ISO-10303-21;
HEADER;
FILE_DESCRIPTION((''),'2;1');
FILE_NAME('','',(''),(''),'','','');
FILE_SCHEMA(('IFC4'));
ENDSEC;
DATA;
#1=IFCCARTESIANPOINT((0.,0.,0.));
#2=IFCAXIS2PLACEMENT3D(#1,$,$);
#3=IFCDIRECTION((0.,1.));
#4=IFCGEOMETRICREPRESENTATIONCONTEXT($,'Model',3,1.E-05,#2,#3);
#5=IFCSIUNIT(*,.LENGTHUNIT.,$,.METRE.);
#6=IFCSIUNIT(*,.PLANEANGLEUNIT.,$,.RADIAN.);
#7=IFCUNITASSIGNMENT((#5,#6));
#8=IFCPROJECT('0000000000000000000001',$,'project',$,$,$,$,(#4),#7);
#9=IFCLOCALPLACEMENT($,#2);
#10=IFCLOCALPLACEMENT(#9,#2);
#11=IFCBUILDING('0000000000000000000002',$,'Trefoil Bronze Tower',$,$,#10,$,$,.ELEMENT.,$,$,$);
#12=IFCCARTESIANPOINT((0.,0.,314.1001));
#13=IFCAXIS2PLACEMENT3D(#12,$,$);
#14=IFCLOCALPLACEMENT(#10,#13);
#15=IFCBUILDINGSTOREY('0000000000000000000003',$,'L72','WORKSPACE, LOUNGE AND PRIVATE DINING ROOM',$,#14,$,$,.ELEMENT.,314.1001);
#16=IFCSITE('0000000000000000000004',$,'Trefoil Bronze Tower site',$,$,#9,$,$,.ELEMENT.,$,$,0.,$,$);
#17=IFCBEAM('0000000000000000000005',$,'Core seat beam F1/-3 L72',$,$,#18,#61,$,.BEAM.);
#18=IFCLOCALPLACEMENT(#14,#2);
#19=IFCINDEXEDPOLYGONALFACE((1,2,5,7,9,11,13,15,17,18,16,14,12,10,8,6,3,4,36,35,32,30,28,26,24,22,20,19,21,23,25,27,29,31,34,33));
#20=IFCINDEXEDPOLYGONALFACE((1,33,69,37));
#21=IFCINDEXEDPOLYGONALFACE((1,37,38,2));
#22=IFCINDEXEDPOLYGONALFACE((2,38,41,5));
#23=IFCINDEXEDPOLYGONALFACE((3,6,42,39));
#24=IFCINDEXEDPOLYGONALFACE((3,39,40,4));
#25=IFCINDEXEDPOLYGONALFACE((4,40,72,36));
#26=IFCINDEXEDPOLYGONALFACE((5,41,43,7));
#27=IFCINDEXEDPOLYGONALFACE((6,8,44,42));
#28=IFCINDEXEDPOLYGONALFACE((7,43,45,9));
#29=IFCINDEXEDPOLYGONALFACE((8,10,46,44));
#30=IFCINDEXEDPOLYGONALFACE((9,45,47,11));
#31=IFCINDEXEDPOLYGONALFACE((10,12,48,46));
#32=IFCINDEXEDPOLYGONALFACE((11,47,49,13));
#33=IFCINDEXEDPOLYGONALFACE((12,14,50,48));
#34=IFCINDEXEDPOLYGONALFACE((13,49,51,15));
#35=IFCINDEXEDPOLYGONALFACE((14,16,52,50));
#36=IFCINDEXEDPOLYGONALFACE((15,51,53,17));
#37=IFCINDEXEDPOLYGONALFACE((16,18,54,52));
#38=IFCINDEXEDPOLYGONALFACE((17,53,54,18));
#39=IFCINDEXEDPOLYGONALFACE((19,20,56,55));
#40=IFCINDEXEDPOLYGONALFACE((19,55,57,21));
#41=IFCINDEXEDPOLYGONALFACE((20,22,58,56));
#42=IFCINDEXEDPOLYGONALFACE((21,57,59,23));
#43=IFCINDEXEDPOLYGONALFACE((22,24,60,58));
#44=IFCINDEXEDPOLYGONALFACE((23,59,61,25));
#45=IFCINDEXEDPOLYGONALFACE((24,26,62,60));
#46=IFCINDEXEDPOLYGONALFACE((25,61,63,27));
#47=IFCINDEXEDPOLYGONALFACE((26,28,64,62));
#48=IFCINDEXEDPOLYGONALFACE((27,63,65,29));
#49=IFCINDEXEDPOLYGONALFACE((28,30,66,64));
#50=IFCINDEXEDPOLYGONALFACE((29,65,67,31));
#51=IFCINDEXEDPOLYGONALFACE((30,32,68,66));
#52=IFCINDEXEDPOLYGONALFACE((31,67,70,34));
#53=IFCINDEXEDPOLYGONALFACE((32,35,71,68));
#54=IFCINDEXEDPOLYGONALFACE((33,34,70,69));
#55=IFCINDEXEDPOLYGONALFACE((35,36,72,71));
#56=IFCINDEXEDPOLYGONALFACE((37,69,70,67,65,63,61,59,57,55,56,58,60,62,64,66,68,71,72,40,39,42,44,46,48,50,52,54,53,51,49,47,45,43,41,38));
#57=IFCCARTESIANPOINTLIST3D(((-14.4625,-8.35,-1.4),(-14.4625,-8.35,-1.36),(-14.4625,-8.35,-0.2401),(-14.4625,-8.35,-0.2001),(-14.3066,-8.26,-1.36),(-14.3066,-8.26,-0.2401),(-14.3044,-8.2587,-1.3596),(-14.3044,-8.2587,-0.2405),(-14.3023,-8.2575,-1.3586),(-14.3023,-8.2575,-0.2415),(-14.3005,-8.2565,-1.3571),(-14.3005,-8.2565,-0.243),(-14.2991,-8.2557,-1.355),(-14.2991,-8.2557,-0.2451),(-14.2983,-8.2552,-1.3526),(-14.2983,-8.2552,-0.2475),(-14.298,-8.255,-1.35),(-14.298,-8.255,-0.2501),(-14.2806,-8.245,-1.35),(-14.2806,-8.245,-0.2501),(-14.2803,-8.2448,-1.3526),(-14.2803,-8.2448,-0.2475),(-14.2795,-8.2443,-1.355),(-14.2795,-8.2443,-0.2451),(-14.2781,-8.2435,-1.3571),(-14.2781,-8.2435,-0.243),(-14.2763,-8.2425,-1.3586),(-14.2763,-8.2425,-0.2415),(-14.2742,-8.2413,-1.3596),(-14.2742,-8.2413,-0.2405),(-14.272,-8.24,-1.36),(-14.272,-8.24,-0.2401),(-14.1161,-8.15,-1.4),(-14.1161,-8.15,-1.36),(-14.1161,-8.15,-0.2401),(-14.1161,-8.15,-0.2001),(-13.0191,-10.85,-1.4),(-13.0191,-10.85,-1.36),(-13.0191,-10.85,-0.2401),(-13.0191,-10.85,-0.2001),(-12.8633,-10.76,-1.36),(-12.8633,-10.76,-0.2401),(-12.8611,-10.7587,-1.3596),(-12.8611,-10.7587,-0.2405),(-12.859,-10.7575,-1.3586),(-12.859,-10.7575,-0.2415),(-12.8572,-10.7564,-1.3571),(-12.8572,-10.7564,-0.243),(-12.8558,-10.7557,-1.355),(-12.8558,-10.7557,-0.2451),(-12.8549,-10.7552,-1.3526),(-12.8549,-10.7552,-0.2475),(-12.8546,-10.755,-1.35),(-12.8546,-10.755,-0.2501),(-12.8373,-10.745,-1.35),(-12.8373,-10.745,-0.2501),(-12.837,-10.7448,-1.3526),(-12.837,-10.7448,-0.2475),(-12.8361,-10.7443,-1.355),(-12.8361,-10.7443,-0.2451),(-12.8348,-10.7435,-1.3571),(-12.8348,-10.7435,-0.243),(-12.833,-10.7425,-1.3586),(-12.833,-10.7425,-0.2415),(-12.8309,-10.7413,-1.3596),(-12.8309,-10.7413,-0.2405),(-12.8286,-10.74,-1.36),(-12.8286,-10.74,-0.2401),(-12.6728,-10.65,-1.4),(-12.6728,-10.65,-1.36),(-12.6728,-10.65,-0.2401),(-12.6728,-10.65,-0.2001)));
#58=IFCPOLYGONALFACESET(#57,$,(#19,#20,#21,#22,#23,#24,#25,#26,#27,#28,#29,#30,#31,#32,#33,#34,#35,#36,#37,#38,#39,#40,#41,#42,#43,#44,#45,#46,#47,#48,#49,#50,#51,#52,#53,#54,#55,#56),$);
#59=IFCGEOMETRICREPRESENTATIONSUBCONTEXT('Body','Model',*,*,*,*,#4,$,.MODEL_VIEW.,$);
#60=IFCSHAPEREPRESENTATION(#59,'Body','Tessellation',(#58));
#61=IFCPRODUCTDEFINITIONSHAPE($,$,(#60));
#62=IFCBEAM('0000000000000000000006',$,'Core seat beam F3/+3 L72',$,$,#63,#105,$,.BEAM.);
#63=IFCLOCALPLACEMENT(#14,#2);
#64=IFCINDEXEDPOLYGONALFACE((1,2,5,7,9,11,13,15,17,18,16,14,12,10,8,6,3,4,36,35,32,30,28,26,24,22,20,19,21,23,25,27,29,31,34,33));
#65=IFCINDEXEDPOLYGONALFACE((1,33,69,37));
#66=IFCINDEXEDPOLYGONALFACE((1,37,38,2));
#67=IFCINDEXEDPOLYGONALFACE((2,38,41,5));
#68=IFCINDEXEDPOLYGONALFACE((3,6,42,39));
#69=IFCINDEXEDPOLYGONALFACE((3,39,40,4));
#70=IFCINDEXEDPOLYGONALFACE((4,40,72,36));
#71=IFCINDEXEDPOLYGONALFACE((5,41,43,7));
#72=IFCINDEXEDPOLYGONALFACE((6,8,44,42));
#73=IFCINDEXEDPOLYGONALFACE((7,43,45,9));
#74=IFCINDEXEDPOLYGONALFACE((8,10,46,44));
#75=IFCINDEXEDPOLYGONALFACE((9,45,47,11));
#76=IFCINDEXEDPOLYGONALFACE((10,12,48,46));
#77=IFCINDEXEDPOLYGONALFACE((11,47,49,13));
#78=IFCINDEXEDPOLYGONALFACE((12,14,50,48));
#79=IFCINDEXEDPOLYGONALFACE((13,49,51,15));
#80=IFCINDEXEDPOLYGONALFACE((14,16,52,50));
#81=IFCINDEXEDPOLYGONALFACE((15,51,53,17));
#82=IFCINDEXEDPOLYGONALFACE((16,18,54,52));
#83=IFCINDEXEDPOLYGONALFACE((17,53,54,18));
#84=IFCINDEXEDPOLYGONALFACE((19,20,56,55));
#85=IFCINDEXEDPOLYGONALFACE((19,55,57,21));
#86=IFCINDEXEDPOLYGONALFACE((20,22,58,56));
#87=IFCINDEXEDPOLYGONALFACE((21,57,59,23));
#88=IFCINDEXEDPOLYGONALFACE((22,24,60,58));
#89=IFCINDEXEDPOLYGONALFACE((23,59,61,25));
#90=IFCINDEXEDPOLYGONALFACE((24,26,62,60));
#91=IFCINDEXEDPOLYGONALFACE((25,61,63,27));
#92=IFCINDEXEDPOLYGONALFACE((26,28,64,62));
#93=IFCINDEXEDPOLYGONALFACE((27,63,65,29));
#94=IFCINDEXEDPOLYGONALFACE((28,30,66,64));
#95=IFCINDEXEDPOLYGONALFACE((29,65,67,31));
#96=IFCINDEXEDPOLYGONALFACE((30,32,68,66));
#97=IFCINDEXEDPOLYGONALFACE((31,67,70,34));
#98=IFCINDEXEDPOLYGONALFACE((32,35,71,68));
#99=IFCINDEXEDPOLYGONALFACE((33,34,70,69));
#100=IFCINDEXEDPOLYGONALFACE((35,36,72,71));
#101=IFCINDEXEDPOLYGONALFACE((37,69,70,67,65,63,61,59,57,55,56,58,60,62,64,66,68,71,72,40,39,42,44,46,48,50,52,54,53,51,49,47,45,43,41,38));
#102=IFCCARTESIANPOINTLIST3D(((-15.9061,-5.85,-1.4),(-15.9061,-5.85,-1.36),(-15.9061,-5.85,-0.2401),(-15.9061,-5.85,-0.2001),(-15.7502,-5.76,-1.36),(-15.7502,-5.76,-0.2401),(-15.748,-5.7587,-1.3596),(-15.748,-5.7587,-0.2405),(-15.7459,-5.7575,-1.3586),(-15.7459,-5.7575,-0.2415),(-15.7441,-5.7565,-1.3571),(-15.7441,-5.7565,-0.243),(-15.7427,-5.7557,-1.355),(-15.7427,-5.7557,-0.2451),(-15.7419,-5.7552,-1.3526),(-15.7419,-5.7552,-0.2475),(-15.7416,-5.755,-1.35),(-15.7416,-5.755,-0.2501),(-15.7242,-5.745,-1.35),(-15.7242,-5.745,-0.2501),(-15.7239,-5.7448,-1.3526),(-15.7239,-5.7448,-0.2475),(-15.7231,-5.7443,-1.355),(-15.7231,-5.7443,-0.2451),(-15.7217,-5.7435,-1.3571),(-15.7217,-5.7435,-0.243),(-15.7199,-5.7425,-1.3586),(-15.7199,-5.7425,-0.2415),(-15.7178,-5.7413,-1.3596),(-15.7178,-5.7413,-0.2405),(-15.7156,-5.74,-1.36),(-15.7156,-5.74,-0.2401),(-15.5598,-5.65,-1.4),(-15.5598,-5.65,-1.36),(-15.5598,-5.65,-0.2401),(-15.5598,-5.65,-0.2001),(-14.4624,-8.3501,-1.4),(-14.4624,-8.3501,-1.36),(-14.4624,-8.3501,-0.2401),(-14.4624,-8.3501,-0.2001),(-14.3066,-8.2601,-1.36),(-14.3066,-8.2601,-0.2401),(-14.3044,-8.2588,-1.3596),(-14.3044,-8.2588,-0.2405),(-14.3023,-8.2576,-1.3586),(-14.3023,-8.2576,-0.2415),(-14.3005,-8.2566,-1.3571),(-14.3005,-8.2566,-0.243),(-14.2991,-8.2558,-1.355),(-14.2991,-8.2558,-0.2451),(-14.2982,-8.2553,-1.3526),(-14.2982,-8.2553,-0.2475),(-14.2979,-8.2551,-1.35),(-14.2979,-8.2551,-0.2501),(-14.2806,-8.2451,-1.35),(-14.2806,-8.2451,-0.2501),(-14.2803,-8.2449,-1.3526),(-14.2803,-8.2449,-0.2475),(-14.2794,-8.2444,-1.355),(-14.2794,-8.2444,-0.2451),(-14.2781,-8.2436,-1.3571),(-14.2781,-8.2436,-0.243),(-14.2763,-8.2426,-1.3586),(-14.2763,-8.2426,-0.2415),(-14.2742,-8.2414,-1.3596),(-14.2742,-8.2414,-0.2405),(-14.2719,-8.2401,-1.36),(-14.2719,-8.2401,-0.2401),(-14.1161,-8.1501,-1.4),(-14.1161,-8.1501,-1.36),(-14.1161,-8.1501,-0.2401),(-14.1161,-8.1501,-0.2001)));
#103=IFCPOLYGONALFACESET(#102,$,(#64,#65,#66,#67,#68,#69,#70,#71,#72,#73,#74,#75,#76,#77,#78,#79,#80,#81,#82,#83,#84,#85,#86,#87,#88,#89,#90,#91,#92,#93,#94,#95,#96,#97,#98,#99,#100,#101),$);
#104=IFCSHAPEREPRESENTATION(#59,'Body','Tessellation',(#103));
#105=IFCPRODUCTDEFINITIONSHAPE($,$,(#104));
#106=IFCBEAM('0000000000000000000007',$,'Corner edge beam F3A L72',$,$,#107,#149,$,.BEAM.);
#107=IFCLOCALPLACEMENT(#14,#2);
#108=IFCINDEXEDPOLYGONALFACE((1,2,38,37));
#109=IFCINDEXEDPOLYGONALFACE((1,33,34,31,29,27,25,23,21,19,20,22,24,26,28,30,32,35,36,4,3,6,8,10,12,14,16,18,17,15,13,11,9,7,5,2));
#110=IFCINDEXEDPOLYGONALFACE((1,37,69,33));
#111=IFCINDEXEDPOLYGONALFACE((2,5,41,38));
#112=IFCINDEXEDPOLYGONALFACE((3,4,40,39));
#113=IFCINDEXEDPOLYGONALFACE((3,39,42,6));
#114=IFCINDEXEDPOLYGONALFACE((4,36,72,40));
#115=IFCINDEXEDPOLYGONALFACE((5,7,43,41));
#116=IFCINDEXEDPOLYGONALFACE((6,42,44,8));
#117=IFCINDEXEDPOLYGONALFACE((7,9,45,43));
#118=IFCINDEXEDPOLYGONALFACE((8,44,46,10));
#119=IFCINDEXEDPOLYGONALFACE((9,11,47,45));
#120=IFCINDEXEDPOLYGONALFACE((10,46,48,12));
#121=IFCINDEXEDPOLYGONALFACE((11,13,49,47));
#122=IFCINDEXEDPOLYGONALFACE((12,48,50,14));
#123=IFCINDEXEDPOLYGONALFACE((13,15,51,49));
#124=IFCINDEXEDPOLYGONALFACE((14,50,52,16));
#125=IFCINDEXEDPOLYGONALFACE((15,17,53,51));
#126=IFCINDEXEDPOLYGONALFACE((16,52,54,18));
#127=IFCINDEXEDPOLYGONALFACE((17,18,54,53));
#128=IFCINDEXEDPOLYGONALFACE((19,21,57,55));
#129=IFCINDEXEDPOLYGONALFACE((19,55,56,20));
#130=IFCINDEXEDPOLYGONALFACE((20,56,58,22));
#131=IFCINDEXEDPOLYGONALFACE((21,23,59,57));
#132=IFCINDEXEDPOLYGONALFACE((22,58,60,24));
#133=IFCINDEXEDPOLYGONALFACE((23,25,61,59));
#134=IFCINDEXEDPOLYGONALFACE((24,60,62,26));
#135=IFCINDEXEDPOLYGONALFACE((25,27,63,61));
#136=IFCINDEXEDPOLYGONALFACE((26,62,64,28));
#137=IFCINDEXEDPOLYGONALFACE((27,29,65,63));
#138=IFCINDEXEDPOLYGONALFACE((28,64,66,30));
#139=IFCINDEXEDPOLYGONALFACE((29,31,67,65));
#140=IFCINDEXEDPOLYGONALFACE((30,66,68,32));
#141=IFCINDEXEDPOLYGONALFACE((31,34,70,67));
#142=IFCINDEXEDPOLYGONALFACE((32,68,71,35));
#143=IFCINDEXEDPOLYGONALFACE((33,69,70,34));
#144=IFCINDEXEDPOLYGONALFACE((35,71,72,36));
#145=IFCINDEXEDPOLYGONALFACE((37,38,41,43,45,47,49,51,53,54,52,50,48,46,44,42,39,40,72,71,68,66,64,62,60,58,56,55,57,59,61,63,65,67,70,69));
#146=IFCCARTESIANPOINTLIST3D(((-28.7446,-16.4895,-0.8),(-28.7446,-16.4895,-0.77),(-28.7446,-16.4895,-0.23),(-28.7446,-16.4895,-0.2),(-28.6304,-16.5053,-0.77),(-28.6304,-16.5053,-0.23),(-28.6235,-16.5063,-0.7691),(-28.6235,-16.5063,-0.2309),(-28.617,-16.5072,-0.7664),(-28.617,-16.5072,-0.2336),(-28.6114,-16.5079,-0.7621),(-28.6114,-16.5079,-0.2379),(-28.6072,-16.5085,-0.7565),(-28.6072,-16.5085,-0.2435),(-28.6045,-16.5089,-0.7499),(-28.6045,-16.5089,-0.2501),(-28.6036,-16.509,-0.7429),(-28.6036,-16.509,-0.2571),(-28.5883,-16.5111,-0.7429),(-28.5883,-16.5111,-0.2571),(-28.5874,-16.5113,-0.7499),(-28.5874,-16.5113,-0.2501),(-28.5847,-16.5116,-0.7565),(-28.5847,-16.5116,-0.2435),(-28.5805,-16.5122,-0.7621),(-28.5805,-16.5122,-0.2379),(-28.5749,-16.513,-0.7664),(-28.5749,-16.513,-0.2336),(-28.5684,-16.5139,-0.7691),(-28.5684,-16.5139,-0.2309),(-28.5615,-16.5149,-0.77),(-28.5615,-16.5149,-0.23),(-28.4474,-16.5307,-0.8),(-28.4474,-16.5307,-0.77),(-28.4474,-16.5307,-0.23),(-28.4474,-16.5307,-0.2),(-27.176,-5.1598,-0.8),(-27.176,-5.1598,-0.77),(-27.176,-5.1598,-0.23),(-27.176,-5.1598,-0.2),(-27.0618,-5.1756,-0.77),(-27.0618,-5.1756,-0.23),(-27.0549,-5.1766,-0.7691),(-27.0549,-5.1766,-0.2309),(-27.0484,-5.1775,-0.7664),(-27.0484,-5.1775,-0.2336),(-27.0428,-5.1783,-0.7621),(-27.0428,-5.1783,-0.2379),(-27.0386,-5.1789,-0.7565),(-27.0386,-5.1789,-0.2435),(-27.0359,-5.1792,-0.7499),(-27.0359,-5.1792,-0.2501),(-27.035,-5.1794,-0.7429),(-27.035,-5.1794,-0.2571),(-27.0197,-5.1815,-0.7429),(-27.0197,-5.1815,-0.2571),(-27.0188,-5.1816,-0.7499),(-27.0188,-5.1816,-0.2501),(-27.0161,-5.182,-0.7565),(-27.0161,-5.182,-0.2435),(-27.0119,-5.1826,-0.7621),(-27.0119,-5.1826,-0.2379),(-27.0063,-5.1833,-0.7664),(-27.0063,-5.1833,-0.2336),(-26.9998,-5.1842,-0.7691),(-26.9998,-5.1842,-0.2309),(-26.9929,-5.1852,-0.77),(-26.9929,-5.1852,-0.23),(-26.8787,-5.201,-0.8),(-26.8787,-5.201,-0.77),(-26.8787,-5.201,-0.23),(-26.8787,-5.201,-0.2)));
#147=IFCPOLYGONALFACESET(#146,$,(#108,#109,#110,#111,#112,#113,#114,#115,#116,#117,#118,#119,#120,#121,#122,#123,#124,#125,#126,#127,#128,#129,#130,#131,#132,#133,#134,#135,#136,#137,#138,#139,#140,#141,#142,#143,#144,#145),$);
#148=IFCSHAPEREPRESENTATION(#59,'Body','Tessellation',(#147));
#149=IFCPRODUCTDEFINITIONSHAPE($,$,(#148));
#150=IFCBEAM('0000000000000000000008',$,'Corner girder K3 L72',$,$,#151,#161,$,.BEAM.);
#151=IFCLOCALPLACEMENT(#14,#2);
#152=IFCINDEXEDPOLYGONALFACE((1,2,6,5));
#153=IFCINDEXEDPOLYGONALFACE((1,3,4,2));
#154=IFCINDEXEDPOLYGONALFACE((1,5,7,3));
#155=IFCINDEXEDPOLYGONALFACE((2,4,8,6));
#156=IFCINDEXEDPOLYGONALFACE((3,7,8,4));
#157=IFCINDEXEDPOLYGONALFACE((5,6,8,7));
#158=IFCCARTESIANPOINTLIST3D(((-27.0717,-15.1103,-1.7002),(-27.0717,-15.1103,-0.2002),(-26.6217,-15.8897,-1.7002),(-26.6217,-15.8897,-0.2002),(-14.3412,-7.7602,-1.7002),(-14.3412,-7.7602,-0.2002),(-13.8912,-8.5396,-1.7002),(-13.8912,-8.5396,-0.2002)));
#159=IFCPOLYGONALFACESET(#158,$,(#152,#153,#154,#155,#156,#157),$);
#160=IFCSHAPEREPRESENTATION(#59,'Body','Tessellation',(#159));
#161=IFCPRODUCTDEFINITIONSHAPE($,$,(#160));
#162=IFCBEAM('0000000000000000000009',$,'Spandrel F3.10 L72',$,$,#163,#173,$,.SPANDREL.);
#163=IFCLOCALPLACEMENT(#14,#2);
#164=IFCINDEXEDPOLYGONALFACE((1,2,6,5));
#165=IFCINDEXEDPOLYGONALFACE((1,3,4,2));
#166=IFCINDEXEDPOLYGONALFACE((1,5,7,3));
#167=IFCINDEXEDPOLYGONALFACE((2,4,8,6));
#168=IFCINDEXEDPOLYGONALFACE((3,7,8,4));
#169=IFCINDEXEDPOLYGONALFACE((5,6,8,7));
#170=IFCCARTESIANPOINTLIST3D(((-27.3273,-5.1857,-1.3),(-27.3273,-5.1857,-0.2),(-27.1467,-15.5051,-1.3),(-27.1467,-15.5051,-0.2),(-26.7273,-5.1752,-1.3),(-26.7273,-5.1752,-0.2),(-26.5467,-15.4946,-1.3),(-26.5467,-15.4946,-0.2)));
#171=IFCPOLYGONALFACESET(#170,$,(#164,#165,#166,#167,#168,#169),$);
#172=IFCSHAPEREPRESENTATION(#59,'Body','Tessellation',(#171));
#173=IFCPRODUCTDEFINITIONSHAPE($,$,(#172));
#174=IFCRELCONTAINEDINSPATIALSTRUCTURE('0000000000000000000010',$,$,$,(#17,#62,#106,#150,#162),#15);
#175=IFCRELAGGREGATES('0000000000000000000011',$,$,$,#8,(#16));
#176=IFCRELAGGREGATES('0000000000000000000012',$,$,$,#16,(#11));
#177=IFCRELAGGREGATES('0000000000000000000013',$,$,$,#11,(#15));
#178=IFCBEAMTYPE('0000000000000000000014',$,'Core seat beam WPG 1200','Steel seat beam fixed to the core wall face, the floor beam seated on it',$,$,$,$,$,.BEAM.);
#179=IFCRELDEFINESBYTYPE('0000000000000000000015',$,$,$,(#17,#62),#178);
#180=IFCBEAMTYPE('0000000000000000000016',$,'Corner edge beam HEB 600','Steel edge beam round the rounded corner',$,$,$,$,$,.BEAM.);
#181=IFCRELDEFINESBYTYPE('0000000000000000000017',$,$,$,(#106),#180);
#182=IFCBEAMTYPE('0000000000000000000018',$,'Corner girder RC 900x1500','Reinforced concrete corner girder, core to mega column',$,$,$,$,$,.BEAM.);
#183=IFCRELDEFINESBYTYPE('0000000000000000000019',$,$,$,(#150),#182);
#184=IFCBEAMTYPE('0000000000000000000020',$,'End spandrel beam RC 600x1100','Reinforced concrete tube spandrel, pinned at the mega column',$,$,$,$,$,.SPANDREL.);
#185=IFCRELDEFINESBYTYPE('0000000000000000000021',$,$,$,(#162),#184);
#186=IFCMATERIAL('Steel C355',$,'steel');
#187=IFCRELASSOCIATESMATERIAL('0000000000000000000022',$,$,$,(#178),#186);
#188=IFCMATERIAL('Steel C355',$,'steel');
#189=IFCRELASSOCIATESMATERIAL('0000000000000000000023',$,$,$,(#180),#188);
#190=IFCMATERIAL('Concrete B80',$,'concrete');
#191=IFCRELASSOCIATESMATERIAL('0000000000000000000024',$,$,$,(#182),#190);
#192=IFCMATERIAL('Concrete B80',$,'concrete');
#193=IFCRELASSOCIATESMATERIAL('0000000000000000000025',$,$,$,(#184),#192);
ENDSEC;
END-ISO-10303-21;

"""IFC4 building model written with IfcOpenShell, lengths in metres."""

from ifc_helpers import new_model, si_unit, direction, frame, origin, origin_2d, place, context, subcontext, project, spatial, rectangle, i_section, extrude, material, material_profile, profile_set, type_object, element, save


model = new_model("IFC4")

# Units and contexts
model_context = context("Model", 3, precision=1e-05, world=origin(), true_north=direction((0.0, 1.0)))
body_context = subcontext(model_context, "Body", "Model", "MODEL_VIEW")
ifc_project = project(units=[si_unit("LENGTHUNIT", "METRE"), si_unit("PLANEANGLEUNIT", "RADIAN")], contexts=[model_context])

# Site, building, storey
site_placement = place(None, origin())
site = spatial("IfcSite", under=ifc_project, at=site_placement, Name="Trefoil Bronze Tower site", CompositionType="ELEMENT", RefElevation=0.0)
building_placement = place(site_placement, origin())
building = spatial("IfcBuilding", under=site, at=building_placement, Name="Trefoil Bronze Tower", CompositionType="ELEMENT")
storey_placement = place(building_placement, frame((0.0, 0.0, 314.1001)))
storey = spatial("IfcBuildingStorey", under=building, at=storey_placement, Name="L72", Description="WORKSPACE, LOUNGE AND PRIVATE DINING ROOM", CompositionType="ELEMENT", Elevation=314.1001)

# Beams
ifc_material_1 = material(Name="Steel C355", Category="steel")
ifc_material_profile_1 = material_profile(ifc_material_1, i_section(OverallWidth=0.3999, OverallDepth=1.2, WebThickness=0.02, FlangeThickness=0.04, FilletRadius=0.01, at=origin_2d()), Name="WPG 1200")
ifc_profile_set_1 = profile_set([ifc_material_profile_1], Name="Steel C355")
beam_type_1 = type_object("IfcBeamType", Name="Core seat beam WPG 1200", Description="Steel seat beam fixed to the core wall face, the floor beam seated on it", PredefinedType="BEAM", material=ifc_profile_set_1)
beam_1_placement = place(storey_placement, frame((-14.2893, -8.25, -0.8), z_axis=(0.499996, -0.866028, 0.0), x_axis=(0.866028, 0.499996, 0.0)))
element("IfcBeam", 1, at=beam_1_placement, inside=storey, type_object=beam_type_1, Name="Core seat beam F1/-3 L72", PredefinedType="BEAM", context=body_context, shape_type="SweptSolid", body=[
    extrude(i_section(OverallWidth=0.3999, OverallDepth=1.2, WebThickness=0.02, FlangeThickness=0.04, FilletRadius=0.01, at=origin_2d()), origin(), (0.0, 0.0, 1.0), 2.8867),
])
beam_2_placement = place(storey_placement, frame((-15.7329, -5.75, -0.8), z_axis=(0.500059, -0.865991, 0.0), x_axis=(0.865991, 0.500059, 0.0)))
element("IfcBeam", 2, at=beam_2_placement, inside=storey, type_object=beam_type_1, Name="Core seat beam F3/+3 L72", PredefinedType="BEAM", context=body_context, shape_type="SweptSolid", body=[
    extrude(i_section(OverallWidth=0.3999, OverallDepth=1.2, WebThickness=0.02, FlangeThickness=0.04, FilletRadius=0.01, at=origin_2d()), origin(), (0.0, 0.0, 1.0), 2.887),
])
ifc_material_2 = material(Name="Steel C355", Category="steel")
ifc_material_profile_2 = material_profile(ifc_material_2, i_section(OverallWidth=0.3, OverallDepth=0.6001, WebThickness=0.0154, FlangeThickness=0.03, FilletRadius=0.0271, at=origin_2d()), Name="HEB 600")
ifc_profile_set_2 = profile_set([ifc_material_profile_2], Name="Steel C355")
beam_type_2 = type_object("IfcBeamType", Name="Corner edge beam HEB 600", Description="Steel edge beam round the rounded corner", PredefinedType="BEAM", material=ifc_profile_set_2)
beam_3_placement = place(storey_placement, frame((-27.0273, -5.1804, -0.5), z_axis=(-0.137144, -0.990551, 0.0), x_axis=(0.990551, -0.137144, 0.0)))
element("IfcBeam", 3, at=beam_3_placement, inside=storey, type_object=beam_type_2, Name="Corner edge beam F3A L72", PredefinedType="BEAM", context=body_context, shape_type="SweptSolid", body=[
    extrude(i_section(OverallWidth=0.3, OverallDepth=0.6001, WebThickness=0.0154, FlangeThickness=0.03, FilletRadius=0.0271, at=origin_2d()), origin(), (0.0, 0.0, 1.0), 11.4377),
])
ifc_material_3 = material(Name="Concrete B80", Category="concrete")
ifc_material_profile_3 = material_profile(ifc_material_3, rectangle(XDim=0.8999, YDim=1.5, at=origin_2d()), Name="RC 900x1500")
ifc_profile_set_3 = profile_set([ifc_material_profile_3], Name="Concrete B80")
beam_type_3 = type_object("IfcBeamType", Name="Corner girder RC 900x1500", Description="Reinforced concrete corner girder, core to mega column", PredefinedType="BEAM", material=ifc_profile_set_3)
beam_4_placement = place(storey_placement, frame((-14.1162, -8.1499, -0.9502), z_axis=(-0.866021, -0.500008, 0.0), x_axis=(0.500008, -0.866021, 0.0)))
element("IfcBeam", 4, at=beam_4_placement, inside=storey, type_object=beam_type_3, Name="Corner girder K3 L72", PredefinedType="BEAM", context=body_context, shape_type="SweptSolid", body=[
    extrude(rectangle(XDim=0.8999, YDim=1.5, at=origin_2d()), origin(), (0.0, 0.0, 1.0), 14.7),
])
ifc_material_4 = material(Name="Concrete B80", Category="concrete")
ifc_material_profile_4 = material_profile(ifc_material_4, rectangle(XDim=0.6001, YDim=1.1001, at=origin_2d()), Name="RC 600x1100")
ifc_profile_set_4 = profile_set([ifc_material_profile_4], Name="Concrete B80")
beam_type_4 = type_object("IfcBeamType", Name="End spandrel beam RC 600x1100", Description="Reinforced concrete tube spandrel, pinned at the mega column", PredefinedType="SPANDREL", material=ifc_profile_set_4)
beam_5_placement = place(storey_placement, frame((-27.0273, -5.1804, -0.75), z_axis=(0.017504, -0.999847, 0.0), x_axis=(0.999847, 0.017504, 0.0)))
element("IfcBeam", 5, at=beam_5_placement, inside=storey, type_object=beam_type_4, Name="Spandrel F3.10 L72", PredefinedType="SPANDREL", context=body_context, shape_type="SweptSolid", body=[
    extrude(rectangle(XDim=0.6001, YDim=1.1001, at=origin_2d()), origin(), (0.0, 0.0, 1.0), 10.321),
])

save(model, "model.ifc")
